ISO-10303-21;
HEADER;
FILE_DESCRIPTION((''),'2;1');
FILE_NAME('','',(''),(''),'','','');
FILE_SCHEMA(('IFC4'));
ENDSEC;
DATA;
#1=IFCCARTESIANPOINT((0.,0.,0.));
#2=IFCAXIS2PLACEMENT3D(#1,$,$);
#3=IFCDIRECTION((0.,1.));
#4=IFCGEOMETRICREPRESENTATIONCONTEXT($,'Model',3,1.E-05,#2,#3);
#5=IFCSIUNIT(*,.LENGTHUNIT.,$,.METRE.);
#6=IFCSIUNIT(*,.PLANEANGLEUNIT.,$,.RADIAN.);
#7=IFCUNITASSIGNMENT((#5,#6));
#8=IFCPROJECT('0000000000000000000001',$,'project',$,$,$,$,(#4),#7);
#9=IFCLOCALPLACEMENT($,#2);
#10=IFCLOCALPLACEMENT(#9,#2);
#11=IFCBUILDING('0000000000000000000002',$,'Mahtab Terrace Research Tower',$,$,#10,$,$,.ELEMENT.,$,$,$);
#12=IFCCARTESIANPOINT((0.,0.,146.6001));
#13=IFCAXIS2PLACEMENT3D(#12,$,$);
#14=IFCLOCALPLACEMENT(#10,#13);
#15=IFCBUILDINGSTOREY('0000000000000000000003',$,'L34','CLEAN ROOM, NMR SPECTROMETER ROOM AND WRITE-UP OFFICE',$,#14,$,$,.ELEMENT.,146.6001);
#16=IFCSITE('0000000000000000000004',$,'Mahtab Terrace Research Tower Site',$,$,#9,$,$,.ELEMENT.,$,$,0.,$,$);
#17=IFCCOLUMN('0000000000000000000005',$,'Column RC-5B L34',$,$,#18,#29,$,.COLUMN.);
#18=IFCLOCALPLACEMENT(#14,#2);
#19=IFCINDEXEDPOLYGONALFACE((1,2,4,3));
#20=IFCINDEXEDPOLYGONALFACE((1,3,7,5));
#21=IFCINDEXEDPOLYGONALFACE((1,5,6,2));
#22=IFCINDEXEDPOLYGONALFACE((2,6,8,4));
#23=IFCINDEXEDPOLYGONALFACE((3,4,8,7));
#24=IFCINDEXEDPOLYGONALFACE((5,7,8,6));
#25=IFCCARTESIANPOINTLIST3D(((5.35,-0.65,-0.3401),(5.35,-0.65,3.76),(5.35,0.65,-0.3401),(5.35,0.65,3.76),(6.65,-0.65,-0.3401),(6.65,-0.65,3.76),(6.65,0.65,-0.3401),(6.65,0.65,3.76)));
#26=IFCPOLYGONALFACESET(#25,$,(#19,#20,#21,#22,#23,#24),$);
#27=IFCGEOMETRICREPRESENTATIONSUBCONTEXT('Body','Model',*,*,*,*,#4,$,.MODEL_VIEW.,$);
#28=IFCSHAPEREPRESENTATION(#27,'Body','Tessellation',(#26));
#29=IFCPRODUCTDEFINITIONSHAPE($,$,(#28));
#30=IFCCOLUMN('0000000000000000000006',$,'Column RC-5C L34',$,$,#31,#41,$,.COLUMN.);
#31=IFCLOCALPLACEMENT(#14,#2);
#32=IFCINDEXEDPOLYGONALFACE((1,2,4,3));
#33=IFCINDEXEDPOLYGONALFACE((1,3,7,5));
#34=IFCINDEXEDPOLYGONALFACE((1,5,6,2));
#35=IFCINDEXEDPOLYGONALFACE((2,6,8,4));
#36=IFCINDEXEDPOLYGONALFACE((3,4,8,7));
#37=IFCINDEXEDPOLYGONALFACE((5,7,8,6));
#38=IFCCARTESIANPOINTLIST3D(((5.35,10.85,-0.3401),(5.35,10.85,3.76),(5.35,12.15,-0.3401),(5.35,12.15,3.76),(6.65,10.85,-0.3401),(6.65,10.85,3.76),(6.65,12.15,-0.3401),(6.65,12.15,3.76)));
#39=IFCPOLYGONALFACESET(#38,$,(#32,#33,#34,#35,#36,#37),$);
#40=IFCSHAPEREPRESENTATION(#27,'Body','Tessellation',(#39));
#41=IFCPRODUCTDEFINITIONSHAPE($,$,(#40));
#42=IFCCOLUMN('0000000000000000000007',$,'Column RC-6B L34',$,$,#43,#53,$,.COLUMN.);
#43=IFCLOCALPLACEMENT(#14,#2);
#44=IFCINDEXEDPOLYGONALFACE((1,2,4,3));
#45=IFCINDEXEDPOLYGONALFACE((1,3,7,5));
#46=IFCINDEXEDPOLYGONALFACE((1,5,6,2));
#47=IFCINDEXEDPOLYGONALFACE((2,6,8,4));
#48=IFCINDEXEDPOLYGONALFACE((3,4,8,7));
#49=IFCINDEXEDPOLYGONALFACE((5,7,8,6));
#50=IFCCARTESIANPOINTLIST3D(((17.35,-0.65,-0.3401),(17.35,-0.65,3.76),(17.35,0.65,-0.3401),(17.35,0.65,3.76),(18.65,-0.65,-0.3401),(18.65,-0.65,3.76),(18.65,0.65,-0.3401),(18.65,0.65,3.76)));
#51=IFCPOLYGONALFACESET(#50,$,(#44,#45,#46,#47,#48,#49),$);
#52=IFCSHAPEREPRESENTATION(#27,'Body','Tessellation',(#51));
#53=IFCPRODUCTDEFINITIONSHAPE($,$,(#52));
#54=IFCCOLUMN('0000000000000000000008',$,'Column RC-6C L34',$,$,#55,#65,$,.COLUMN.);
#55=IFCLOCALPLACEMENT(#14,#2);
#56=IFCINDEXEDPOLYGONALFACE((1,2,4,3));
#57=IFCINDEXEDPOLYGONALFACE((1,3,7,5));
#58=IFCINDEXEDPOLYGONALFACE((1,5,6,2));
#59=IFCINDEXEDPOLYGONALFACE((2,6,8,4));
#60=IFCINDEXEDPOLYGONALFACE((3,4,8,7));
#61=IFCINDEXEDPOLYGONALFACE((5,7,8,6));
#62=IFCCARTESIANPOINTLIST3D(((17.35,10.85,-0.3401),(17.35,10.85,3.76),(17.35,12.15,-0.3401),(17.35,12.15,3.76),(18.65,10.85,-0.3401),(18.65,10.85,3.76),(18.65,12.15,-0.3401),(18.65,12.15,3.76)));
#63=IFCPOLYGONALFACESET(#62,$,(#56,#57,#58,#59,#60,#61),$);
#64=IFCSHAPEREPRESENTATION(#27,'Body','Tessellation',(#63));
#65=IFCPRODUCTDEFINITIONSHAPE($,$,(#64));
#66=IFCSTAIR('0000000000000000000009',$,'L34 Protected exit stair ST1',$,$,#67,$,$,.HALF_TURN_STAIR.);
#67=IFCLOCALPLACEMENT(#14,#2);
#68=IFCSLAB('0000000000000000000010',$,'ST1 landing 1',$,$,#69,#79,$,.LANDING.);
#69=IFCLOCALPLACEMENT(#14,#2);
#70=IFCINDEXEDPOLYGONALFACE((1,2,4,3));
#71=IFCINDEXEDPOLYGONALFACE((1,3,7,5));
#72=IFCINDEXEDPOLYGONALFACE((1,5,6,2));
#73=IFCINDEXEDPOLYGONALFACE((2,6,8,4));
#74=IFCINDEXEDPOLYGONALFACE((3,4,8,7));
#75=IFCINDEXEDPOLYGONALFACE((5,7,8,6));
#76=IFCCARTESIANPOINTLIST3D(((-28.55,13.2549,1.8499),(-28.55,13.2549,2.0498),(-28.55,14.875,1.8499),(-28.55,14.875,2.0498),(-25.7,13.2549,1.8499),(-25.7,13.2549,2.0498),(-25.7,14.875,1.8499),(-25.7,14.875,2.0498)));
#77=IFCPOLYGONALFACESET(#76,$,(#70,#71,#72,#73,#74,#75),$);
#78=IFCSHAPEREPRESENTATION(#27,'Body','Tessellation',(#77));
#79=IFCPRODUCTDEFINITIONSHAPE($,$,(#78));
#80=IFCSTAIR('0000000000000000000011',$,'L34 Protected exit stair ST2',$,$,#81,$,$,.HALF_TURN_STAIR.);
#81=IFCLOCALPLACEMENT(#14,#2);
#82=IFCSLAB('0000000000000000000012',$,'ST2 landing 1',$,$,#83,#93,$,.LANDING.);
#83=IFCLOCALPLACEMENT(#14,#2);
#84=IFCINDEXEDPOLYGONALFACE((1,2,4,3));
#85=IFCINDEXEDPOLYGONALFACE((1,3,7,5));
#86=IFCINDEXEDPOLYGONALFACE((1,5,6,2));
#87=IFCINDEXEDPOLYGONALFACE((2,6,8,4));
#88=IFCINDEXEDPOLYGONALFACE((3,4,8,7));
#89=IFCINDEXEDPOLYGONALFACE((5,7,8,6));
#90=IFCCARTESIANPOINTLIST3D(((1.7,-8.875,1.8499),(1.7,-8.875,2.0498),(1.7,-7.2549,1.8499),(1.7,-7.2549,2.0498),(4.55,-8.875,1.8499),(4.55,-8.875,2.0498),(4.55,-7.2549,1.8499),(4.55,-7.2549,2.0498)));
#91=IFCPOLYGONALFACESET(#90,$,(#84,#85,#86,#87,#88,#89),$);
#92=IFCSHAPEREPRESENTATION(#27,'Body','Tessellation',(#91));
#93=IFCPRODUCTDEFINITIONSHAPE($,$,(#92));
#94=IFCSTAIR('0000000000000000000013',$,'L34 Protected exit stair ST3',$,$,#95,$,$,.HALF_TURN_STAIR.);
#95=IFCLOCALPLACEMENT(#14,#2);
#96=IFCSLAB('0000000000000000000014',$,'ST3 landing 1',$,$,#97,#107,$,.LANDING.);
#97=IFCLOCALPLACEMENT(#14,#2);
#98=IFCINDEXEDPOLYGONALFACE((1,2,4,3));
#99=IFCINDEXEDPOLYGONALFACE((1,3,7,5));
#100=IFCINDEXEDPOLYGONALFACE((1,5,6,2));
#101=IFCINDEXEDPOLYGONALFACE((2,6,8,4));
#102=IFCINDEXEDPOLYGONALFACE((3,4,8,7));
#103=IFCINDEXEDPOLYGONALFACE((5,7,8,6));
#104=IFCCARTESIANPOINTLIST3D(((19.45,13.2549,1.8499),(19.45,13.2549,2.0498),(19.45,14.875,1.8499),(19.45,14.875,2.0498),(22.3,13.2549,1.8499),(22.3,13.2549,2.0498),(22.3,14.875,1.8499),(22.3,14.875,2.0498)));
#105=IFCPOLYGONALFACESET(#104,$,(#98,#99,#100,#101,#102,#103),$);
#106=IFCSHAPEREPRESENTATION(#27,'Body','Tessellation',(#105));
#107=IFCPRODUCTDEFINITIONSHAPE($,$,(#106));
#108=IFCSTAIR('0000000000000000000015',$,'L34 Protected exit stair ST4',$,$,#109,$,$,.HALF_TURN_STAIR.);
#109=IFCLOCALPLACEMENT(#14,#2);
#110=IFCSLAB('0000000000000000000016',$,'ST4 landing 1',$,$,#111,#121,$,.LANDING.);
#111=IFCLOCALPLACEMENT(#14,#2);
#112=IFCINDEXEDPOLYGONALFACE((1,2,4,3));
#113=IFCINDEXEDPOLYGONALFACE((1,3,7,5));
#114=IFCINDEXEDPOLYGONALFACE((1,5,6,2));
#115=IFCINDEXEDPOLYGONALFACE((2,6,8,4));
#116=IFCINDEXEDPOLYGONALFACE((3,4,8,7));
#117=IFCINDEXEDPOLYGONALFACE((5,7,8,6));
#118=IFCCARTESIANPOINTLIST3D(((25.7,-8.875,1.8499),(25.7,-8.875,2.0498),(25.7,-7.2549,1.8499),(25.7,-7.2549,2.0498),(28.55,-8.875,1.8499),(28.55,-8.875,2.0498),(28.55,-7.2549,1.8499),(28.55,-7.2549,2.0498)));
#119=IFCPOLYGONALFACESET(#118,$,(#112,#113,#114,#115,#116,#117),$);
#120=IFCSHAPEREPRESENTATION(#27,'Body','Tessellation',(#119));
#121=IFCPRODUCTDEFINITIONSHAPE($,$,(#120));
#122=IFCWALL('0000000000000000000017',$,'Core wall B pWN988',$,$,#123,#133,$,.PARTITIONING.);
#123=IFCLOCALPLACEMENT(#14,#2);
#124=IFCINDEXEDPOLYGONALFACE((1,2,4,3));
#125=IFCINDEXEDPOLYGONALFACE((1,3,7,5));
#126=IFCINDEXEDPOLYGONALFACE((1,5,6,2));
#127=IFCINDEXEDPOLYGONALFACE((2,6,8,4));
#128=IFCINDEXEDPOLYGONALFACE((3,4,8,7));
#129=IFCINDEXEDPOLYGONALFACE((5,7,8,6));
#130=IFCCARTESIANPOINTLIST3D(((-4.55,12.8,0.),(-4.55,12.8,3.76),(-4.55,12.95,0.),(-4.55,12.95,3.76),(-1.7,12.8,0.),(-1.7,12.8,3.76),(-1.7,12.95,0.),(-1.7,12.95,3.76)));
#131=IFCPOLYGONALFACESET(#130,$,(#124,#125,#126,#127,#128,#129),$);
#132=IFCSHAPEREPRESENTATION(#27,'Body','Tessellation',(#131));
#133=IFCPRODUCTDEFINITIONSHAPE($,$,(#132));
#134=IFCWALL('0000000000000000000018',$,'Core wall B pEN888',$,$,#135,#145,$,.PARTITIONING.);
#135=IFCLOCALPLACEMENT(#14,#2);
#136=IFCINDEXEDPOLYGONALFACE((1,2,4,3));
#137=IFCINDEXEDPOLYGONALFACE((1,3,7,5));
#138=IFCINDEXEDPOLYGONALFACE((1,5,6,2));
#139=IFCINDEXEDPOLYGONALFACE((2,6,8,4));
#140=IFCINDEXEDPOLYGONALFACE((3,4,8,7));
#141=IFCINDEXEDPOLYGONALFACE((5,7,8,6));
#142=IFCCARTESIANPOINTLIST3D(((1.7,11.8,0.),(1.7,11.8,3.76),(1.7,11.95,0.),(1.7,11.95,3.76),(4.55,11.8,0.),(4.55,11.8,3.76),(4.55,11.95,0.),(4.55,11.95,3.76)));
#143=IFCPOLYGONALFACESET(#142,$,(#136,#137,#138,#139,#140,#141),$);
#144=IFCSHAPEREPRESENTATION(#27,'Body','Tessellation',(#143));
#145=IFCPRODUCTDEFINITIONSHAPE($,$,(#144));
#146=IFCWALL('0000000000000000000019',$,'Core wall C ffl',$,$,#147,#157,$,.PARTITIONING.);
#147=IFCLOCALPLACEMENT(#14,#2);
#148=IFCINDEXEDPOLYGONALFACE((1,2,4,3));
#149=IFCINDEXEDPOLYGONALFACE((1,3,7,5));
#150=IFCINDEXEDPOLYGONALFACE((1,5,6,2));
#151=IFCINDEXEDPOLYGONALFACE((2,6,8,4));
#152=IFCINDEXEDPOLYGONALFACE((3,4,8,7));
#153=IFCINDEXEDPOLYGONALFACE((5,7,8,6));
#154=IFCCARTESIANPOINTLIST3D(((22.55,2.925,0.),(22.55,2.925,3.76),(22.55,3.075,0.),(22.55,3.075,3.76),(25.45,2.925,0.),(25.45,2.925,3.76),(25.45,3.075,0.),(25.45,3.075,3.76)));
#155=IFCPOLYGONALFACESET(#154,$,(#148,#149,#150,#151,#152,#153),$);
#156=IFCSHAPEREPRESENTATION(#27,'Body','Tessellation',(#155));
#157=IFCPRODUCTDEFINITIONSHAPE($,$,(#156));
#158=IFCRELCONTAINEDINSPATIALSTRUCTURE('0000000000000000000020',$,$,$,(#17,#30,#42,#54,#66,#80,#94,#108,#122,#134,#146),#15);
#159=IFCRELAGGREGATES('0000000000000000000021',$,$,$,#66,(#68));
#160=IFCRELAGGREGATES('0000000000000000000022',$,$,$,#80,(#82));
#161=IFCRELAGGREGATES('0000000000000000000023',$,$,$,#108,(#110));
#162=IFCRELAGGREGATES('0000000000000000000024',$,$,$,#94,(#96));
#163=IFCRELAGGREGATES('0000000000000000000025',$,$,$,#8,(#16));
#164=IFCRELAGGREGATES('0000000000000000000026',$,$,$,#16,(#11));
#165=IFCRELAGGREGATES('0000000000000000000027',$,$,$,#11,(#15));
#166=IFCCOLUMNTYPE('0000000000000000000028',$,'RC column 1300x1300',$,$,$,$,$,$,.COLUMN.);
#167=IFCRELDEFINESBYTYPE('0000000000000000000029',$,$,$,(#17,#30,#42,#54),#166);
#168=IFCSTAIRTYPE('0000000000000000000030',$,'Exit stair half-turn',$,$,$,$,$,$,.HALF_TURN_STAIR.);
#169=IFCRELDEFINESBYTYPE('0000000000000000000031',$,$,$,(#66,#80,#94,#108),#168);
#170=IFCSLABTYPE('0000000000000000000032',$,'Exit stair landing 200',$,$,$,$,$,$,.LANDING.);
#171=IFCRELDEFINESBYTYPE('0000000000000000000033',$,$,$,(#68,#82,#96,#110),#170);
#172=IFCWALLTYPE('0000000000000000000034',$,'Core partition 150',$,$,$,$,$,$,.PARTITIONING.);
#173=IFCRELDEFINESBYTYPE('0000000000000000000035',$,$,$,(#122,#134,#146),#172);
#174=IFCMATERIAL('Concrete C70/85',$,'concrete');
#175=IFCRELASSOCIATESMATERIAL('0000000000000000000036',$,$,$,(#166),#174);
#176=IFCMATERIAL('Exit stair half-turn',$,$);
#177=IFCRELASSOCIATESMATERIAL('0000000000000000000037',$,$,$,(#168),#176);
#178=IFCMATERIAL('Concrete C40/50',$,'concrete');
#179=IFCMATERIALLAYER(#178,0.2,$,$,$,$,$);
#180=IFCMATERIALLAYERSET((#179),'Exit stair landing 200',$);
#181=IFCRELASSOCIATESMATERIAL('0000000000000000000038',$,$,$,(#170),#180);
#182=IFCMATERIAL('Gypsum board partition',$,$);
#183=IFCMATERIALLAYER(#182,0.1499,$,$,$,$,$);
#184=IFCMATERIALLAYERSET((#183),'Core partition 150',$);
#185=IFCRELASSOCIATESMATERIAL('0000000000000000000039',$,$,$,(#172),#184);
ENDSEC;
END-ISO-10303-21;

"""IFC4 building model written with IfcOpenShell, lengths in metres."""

from ifc_helpers import new_model, si_unit, direction, frame, frame_2d, origin, origin_2d, place, context, subcontext, project, spatial, polyline, rectangle, outline, extrude, material, layer, layer_set, material_profile, profile_set, type_object, element, aggregate, save


model = new_model("IFC4")

# Units and contexts
model_context = context("Model", 3, precision=1e-05, world=origin(), true_north=direction((0.0, 1.0)))
body_context = subcontext(model_context, "Body", "Model", "MODEL_VIEW")
ifc_project = project(units=[si_unit("LENGTHUNIT", "METRE"), si_unit("PLANEANGLEUNIT", "RADIAN")], contexts=[model_context])

# Site, building, storey
site_placement = place(None, origin())
site = spatial("IfcSite", under=ifc_project, at=site_placement, Name="Mahtab Terrace Research Tower Site", CompositionType="ELEMENT", RefElevation=0.0)
building_placement = place(site_placement, origin())
building = spatial("IfcBuilding", under=site, at=building_placement, Name="Mahtab Terrace Research Tower", CompositionType="ELEMENT")
storey_placement = place(building_placement, frame((0.0, 0.0, 146.6001)))
storey = spatial("IfcBuildingStorey", under=building, at=storey_placement, Name="L34", Description="CLEAN ROOM, NMR SPECTROMETER ROOM AND WRITE-UP OFFICE", CompositionType="ELEMENT", Elevation=146.6001)

# Columns
ifc_material_1 = material(Name="Concrete C70/85", Category="concrete")
ifc_material_profile = material_profile(ifc_material_1, rectangle(XDim=1.3, YDim=1.3, at=origin_2d()), Name="RC column 1300x1300")
ifc_profile_set = profile_set([ifc_material_profile], Name="Concrete C70/85")
column_type = type_object("IfcColumnType", Name="RC column 1300x1300", PredefinedType="COLUMN", material=ifc_profile_set)
for number, where, z_axis, x_axis, name in (
    (1, (6.0, 0.0, -0.3401), (0.0, 0.0, 1.0), (1.0, 0.0, 0.0), "Column RC-5B L34"),
    (2, (6.0, 11.5, -0.3401), (0.0, 0.0, 1.0), (1.0, 0.0, 0.0), "Column RC-5C L34"),
    (3, (18.0, 0.0, -0.3401), (0.0, 0.0, 1.0), (1.0, 0.0, 0.0), "Column RC-6B L34"),
    (4, (18.0, 11.5, -0.3401), (0.0, 0.0, 1.0), (1.0, 0.0, 0.0), "Column RC-6C L34"),
):
    element("IfcColumn", number, at=place(storey_placement, frame(where, z_axis=z_axis, x_axis=x_axis)), inside=storey, type_object=column_type, Name=name, PredefinedType="COLUMN", context=body_context, shape_type="SweptSolid", body=[
        extrude(rectangle(XDim=1.3, YDim=1.3, at=origin_2d()), origin(), (0.0, 0.0, 1.0), 4.1001),
    ])

# Stairs, slabs
ifc_material_2 = material(Name="Exit stair half-turn")
stair_type = type_object("IfcStairType", Name="Exit stair half-turn", PredefinedType="HALF_TURN_STAIR", material=ifc_material_2)
stair_1_placement = place(storey_placement, origin())
stair_1 = element("IfcStair", 5, at=stair_1_placement, inside=storey, type_object=stair_type, Name="L34 Protected exit stair ST1", PredefinedType="HALF_TURN_STAIR")
ifc_material_3 = material(Name="Concrete C40/50", Category="concrete")
ifc_layer_1 = layer(ifc_material_3, 0.2)
ifc_layer_set_1 = layer_set([ifc_layer_1], Name="Exit stair landing 200")
slab_type = type_object("IfcSlabType", Name="Exit stair landing 200", PredefinedType="LANDING", material=ifc_layer_set_1)
slab_1_placement = place(storey_placement, frame((0.0, 0.0, 1.8499)))
slab_1 = element("IfcSlab", 6, at=slab_1_placement, type_object=slab_type, Name="ST1 landing 1", PredefinedType="LANDING", context=body_context, shape_type="SweptSolid", body=[
    extrude(outline(polyline([(-25.7, 13.2549), (-25.7, 14.875), (-28.55, 14.875), (-28.55, 13.2549), (-25.7, 13.2549)])), origin(), (0.0, 0.0, 1.0), 0.2),
])
aggregate(stair_1, [slab_1])
stair_2_placement = place(storey_placement, origin())
stair_2 = element("IfcStair", 7, at=stair_2_placement, inside=storey, type_object=stair_type, Name="L34 Protected exit stair ST2", PredefinedType="HALF_TURN_STAIR")
slab_2_placement = place(storey_placement, frame((0.0, 0.0, 1.8499)))
slab_2 = element("IfcSlab", 8, at=slab_2_placement, type_object=slab_type, Name="ST2 landing 1", PredefinedType="LANDING", context=body_context, shape_type="SweptSolid", body=[
    extrude(outline(polyline([(1.7, -7.2549), (1.7, -8.875), (4.55, -8.875), (4.55, -7.2549), (1.7, -7.2549)])), origin(), (0.0, 0.0, 1.0), 0.2),
])
aggregate(stair_2, [slab_2])
stair_3_placement = place(storey_placement, origin())
stair_3 = element("IfcStair", 9, at=stair_3_placement, inside=storey, type_object=stair_type, Name="L34 Protected exit stair ST3", PredefinedType="HALF_TURN_STAIR")
slab_3_placement = place(storey_placement, frame((0.0, 0.0, 1.8499)))
slab_3 = element("IfcSlab", 10, at=slab_3_placement, type_object=slab_type, Name="ST3 landing 1", PredefinedType="LANDING", context=body_context, shape_type="SweptSolid", body=[
    extrude(outline(polyline([(22.3, 13.2549), (22.3, 14.875), (19.45, 14.875), (19.45, 13.2549), (22.3, 13.2549)])), origin(), (0.0, 0.0, 1.0), 0.2),
])
stair_4_placement = place(storey_placement, origin())
stair_4 = element("IfcStair", 11, at=stair_4_placement, inside=storey, type_object=stair_type, Name="L34 Protected exit stair ST4", PredefinedType="HALF_TURN_STAIR")
slab_4_placement = place(storey_placement, frame((0.0, 0.0, 1.8499)))
slab_4 = element("IfcSlab", 12, at=slab_4_placement, type_object=slab_type, Name="ST4 landing 1", PredefinedType="LANDING", context=body_context, shape_type="SweptSolid", body=[
    extrude(outline(polyline([(25.7, -7.2549), (25.7, -8.875), (28.55, -8.875), (28.55, -7.2549), (25.7, -7.2549)])), origin(), (0.0, 0.0, 1.0), 0.2),
])
aggregate(stair_4, [slab_4])

# Walls
ifc_material_4 = material(Name="Gypsum board partition")
ifc_layer_2 = layer(ifc_material_4, 0.1499)
ifc_layer_set_2 = layer_set([ifc_layer_2], Name="Core partition 150")
wall_type_1 = type_object("IfcWallType", Name="Core partition 150", PredefinedType="PARTITIONING", material=ifc_layer_set_2)
for number, where, z_axis, x_axis, name in (
    (13, (-4.55, 12.875, 0.0), (0.0, 0.0, 1.0), (1.0, 0.0, 0.0), "Core wall B pWN988"),
    (14, (1.7, 11.875, 0.0), (0.0, 0.0, 1.0), (1.0, 0.0, 0.0), "Core wall B pEN888"),
):
    element("IfcWall", number, at=place(storey_placement, frame(where, z_axis=z_axis, x_axis=x_axis)), inside=storey, type_object=wall_type_1, Name=name, PredefinedType="PARTITIONING", context=body_context, shape_type="SweptSolid", body=[
        extrude(rectangle(XDim=2.8501, YDim=0.1499, at=frame_2d((1.425, 0.0))), origin(), (0.0, 0.0, 1.0), 3.76),
    ])
wall_1_placement = place(storey_placement, frame((22.55, 3.0, 0.0), z_axis=(0.0, 0.0, 1.0), x_axis=(1.0, 0.0, 0.0)))
element("IfcWall", 15, at=wall_1_placement, inside=storey, type_object=wall_type_1, Name="Core wall C ffl", PredefinedType="PARTITIONING", context=body_context, shape_type="SweptSolid", body=[
    extrude(rectangle(XDim=2.8999, YDim=0.1499, at=frame_2d((1.45, 0.0))), origin(), (0.0, 0.0, 1.0), 3.76),
])

aggregate(stair_3, [slab_3])

save(model, "model.ifc")
